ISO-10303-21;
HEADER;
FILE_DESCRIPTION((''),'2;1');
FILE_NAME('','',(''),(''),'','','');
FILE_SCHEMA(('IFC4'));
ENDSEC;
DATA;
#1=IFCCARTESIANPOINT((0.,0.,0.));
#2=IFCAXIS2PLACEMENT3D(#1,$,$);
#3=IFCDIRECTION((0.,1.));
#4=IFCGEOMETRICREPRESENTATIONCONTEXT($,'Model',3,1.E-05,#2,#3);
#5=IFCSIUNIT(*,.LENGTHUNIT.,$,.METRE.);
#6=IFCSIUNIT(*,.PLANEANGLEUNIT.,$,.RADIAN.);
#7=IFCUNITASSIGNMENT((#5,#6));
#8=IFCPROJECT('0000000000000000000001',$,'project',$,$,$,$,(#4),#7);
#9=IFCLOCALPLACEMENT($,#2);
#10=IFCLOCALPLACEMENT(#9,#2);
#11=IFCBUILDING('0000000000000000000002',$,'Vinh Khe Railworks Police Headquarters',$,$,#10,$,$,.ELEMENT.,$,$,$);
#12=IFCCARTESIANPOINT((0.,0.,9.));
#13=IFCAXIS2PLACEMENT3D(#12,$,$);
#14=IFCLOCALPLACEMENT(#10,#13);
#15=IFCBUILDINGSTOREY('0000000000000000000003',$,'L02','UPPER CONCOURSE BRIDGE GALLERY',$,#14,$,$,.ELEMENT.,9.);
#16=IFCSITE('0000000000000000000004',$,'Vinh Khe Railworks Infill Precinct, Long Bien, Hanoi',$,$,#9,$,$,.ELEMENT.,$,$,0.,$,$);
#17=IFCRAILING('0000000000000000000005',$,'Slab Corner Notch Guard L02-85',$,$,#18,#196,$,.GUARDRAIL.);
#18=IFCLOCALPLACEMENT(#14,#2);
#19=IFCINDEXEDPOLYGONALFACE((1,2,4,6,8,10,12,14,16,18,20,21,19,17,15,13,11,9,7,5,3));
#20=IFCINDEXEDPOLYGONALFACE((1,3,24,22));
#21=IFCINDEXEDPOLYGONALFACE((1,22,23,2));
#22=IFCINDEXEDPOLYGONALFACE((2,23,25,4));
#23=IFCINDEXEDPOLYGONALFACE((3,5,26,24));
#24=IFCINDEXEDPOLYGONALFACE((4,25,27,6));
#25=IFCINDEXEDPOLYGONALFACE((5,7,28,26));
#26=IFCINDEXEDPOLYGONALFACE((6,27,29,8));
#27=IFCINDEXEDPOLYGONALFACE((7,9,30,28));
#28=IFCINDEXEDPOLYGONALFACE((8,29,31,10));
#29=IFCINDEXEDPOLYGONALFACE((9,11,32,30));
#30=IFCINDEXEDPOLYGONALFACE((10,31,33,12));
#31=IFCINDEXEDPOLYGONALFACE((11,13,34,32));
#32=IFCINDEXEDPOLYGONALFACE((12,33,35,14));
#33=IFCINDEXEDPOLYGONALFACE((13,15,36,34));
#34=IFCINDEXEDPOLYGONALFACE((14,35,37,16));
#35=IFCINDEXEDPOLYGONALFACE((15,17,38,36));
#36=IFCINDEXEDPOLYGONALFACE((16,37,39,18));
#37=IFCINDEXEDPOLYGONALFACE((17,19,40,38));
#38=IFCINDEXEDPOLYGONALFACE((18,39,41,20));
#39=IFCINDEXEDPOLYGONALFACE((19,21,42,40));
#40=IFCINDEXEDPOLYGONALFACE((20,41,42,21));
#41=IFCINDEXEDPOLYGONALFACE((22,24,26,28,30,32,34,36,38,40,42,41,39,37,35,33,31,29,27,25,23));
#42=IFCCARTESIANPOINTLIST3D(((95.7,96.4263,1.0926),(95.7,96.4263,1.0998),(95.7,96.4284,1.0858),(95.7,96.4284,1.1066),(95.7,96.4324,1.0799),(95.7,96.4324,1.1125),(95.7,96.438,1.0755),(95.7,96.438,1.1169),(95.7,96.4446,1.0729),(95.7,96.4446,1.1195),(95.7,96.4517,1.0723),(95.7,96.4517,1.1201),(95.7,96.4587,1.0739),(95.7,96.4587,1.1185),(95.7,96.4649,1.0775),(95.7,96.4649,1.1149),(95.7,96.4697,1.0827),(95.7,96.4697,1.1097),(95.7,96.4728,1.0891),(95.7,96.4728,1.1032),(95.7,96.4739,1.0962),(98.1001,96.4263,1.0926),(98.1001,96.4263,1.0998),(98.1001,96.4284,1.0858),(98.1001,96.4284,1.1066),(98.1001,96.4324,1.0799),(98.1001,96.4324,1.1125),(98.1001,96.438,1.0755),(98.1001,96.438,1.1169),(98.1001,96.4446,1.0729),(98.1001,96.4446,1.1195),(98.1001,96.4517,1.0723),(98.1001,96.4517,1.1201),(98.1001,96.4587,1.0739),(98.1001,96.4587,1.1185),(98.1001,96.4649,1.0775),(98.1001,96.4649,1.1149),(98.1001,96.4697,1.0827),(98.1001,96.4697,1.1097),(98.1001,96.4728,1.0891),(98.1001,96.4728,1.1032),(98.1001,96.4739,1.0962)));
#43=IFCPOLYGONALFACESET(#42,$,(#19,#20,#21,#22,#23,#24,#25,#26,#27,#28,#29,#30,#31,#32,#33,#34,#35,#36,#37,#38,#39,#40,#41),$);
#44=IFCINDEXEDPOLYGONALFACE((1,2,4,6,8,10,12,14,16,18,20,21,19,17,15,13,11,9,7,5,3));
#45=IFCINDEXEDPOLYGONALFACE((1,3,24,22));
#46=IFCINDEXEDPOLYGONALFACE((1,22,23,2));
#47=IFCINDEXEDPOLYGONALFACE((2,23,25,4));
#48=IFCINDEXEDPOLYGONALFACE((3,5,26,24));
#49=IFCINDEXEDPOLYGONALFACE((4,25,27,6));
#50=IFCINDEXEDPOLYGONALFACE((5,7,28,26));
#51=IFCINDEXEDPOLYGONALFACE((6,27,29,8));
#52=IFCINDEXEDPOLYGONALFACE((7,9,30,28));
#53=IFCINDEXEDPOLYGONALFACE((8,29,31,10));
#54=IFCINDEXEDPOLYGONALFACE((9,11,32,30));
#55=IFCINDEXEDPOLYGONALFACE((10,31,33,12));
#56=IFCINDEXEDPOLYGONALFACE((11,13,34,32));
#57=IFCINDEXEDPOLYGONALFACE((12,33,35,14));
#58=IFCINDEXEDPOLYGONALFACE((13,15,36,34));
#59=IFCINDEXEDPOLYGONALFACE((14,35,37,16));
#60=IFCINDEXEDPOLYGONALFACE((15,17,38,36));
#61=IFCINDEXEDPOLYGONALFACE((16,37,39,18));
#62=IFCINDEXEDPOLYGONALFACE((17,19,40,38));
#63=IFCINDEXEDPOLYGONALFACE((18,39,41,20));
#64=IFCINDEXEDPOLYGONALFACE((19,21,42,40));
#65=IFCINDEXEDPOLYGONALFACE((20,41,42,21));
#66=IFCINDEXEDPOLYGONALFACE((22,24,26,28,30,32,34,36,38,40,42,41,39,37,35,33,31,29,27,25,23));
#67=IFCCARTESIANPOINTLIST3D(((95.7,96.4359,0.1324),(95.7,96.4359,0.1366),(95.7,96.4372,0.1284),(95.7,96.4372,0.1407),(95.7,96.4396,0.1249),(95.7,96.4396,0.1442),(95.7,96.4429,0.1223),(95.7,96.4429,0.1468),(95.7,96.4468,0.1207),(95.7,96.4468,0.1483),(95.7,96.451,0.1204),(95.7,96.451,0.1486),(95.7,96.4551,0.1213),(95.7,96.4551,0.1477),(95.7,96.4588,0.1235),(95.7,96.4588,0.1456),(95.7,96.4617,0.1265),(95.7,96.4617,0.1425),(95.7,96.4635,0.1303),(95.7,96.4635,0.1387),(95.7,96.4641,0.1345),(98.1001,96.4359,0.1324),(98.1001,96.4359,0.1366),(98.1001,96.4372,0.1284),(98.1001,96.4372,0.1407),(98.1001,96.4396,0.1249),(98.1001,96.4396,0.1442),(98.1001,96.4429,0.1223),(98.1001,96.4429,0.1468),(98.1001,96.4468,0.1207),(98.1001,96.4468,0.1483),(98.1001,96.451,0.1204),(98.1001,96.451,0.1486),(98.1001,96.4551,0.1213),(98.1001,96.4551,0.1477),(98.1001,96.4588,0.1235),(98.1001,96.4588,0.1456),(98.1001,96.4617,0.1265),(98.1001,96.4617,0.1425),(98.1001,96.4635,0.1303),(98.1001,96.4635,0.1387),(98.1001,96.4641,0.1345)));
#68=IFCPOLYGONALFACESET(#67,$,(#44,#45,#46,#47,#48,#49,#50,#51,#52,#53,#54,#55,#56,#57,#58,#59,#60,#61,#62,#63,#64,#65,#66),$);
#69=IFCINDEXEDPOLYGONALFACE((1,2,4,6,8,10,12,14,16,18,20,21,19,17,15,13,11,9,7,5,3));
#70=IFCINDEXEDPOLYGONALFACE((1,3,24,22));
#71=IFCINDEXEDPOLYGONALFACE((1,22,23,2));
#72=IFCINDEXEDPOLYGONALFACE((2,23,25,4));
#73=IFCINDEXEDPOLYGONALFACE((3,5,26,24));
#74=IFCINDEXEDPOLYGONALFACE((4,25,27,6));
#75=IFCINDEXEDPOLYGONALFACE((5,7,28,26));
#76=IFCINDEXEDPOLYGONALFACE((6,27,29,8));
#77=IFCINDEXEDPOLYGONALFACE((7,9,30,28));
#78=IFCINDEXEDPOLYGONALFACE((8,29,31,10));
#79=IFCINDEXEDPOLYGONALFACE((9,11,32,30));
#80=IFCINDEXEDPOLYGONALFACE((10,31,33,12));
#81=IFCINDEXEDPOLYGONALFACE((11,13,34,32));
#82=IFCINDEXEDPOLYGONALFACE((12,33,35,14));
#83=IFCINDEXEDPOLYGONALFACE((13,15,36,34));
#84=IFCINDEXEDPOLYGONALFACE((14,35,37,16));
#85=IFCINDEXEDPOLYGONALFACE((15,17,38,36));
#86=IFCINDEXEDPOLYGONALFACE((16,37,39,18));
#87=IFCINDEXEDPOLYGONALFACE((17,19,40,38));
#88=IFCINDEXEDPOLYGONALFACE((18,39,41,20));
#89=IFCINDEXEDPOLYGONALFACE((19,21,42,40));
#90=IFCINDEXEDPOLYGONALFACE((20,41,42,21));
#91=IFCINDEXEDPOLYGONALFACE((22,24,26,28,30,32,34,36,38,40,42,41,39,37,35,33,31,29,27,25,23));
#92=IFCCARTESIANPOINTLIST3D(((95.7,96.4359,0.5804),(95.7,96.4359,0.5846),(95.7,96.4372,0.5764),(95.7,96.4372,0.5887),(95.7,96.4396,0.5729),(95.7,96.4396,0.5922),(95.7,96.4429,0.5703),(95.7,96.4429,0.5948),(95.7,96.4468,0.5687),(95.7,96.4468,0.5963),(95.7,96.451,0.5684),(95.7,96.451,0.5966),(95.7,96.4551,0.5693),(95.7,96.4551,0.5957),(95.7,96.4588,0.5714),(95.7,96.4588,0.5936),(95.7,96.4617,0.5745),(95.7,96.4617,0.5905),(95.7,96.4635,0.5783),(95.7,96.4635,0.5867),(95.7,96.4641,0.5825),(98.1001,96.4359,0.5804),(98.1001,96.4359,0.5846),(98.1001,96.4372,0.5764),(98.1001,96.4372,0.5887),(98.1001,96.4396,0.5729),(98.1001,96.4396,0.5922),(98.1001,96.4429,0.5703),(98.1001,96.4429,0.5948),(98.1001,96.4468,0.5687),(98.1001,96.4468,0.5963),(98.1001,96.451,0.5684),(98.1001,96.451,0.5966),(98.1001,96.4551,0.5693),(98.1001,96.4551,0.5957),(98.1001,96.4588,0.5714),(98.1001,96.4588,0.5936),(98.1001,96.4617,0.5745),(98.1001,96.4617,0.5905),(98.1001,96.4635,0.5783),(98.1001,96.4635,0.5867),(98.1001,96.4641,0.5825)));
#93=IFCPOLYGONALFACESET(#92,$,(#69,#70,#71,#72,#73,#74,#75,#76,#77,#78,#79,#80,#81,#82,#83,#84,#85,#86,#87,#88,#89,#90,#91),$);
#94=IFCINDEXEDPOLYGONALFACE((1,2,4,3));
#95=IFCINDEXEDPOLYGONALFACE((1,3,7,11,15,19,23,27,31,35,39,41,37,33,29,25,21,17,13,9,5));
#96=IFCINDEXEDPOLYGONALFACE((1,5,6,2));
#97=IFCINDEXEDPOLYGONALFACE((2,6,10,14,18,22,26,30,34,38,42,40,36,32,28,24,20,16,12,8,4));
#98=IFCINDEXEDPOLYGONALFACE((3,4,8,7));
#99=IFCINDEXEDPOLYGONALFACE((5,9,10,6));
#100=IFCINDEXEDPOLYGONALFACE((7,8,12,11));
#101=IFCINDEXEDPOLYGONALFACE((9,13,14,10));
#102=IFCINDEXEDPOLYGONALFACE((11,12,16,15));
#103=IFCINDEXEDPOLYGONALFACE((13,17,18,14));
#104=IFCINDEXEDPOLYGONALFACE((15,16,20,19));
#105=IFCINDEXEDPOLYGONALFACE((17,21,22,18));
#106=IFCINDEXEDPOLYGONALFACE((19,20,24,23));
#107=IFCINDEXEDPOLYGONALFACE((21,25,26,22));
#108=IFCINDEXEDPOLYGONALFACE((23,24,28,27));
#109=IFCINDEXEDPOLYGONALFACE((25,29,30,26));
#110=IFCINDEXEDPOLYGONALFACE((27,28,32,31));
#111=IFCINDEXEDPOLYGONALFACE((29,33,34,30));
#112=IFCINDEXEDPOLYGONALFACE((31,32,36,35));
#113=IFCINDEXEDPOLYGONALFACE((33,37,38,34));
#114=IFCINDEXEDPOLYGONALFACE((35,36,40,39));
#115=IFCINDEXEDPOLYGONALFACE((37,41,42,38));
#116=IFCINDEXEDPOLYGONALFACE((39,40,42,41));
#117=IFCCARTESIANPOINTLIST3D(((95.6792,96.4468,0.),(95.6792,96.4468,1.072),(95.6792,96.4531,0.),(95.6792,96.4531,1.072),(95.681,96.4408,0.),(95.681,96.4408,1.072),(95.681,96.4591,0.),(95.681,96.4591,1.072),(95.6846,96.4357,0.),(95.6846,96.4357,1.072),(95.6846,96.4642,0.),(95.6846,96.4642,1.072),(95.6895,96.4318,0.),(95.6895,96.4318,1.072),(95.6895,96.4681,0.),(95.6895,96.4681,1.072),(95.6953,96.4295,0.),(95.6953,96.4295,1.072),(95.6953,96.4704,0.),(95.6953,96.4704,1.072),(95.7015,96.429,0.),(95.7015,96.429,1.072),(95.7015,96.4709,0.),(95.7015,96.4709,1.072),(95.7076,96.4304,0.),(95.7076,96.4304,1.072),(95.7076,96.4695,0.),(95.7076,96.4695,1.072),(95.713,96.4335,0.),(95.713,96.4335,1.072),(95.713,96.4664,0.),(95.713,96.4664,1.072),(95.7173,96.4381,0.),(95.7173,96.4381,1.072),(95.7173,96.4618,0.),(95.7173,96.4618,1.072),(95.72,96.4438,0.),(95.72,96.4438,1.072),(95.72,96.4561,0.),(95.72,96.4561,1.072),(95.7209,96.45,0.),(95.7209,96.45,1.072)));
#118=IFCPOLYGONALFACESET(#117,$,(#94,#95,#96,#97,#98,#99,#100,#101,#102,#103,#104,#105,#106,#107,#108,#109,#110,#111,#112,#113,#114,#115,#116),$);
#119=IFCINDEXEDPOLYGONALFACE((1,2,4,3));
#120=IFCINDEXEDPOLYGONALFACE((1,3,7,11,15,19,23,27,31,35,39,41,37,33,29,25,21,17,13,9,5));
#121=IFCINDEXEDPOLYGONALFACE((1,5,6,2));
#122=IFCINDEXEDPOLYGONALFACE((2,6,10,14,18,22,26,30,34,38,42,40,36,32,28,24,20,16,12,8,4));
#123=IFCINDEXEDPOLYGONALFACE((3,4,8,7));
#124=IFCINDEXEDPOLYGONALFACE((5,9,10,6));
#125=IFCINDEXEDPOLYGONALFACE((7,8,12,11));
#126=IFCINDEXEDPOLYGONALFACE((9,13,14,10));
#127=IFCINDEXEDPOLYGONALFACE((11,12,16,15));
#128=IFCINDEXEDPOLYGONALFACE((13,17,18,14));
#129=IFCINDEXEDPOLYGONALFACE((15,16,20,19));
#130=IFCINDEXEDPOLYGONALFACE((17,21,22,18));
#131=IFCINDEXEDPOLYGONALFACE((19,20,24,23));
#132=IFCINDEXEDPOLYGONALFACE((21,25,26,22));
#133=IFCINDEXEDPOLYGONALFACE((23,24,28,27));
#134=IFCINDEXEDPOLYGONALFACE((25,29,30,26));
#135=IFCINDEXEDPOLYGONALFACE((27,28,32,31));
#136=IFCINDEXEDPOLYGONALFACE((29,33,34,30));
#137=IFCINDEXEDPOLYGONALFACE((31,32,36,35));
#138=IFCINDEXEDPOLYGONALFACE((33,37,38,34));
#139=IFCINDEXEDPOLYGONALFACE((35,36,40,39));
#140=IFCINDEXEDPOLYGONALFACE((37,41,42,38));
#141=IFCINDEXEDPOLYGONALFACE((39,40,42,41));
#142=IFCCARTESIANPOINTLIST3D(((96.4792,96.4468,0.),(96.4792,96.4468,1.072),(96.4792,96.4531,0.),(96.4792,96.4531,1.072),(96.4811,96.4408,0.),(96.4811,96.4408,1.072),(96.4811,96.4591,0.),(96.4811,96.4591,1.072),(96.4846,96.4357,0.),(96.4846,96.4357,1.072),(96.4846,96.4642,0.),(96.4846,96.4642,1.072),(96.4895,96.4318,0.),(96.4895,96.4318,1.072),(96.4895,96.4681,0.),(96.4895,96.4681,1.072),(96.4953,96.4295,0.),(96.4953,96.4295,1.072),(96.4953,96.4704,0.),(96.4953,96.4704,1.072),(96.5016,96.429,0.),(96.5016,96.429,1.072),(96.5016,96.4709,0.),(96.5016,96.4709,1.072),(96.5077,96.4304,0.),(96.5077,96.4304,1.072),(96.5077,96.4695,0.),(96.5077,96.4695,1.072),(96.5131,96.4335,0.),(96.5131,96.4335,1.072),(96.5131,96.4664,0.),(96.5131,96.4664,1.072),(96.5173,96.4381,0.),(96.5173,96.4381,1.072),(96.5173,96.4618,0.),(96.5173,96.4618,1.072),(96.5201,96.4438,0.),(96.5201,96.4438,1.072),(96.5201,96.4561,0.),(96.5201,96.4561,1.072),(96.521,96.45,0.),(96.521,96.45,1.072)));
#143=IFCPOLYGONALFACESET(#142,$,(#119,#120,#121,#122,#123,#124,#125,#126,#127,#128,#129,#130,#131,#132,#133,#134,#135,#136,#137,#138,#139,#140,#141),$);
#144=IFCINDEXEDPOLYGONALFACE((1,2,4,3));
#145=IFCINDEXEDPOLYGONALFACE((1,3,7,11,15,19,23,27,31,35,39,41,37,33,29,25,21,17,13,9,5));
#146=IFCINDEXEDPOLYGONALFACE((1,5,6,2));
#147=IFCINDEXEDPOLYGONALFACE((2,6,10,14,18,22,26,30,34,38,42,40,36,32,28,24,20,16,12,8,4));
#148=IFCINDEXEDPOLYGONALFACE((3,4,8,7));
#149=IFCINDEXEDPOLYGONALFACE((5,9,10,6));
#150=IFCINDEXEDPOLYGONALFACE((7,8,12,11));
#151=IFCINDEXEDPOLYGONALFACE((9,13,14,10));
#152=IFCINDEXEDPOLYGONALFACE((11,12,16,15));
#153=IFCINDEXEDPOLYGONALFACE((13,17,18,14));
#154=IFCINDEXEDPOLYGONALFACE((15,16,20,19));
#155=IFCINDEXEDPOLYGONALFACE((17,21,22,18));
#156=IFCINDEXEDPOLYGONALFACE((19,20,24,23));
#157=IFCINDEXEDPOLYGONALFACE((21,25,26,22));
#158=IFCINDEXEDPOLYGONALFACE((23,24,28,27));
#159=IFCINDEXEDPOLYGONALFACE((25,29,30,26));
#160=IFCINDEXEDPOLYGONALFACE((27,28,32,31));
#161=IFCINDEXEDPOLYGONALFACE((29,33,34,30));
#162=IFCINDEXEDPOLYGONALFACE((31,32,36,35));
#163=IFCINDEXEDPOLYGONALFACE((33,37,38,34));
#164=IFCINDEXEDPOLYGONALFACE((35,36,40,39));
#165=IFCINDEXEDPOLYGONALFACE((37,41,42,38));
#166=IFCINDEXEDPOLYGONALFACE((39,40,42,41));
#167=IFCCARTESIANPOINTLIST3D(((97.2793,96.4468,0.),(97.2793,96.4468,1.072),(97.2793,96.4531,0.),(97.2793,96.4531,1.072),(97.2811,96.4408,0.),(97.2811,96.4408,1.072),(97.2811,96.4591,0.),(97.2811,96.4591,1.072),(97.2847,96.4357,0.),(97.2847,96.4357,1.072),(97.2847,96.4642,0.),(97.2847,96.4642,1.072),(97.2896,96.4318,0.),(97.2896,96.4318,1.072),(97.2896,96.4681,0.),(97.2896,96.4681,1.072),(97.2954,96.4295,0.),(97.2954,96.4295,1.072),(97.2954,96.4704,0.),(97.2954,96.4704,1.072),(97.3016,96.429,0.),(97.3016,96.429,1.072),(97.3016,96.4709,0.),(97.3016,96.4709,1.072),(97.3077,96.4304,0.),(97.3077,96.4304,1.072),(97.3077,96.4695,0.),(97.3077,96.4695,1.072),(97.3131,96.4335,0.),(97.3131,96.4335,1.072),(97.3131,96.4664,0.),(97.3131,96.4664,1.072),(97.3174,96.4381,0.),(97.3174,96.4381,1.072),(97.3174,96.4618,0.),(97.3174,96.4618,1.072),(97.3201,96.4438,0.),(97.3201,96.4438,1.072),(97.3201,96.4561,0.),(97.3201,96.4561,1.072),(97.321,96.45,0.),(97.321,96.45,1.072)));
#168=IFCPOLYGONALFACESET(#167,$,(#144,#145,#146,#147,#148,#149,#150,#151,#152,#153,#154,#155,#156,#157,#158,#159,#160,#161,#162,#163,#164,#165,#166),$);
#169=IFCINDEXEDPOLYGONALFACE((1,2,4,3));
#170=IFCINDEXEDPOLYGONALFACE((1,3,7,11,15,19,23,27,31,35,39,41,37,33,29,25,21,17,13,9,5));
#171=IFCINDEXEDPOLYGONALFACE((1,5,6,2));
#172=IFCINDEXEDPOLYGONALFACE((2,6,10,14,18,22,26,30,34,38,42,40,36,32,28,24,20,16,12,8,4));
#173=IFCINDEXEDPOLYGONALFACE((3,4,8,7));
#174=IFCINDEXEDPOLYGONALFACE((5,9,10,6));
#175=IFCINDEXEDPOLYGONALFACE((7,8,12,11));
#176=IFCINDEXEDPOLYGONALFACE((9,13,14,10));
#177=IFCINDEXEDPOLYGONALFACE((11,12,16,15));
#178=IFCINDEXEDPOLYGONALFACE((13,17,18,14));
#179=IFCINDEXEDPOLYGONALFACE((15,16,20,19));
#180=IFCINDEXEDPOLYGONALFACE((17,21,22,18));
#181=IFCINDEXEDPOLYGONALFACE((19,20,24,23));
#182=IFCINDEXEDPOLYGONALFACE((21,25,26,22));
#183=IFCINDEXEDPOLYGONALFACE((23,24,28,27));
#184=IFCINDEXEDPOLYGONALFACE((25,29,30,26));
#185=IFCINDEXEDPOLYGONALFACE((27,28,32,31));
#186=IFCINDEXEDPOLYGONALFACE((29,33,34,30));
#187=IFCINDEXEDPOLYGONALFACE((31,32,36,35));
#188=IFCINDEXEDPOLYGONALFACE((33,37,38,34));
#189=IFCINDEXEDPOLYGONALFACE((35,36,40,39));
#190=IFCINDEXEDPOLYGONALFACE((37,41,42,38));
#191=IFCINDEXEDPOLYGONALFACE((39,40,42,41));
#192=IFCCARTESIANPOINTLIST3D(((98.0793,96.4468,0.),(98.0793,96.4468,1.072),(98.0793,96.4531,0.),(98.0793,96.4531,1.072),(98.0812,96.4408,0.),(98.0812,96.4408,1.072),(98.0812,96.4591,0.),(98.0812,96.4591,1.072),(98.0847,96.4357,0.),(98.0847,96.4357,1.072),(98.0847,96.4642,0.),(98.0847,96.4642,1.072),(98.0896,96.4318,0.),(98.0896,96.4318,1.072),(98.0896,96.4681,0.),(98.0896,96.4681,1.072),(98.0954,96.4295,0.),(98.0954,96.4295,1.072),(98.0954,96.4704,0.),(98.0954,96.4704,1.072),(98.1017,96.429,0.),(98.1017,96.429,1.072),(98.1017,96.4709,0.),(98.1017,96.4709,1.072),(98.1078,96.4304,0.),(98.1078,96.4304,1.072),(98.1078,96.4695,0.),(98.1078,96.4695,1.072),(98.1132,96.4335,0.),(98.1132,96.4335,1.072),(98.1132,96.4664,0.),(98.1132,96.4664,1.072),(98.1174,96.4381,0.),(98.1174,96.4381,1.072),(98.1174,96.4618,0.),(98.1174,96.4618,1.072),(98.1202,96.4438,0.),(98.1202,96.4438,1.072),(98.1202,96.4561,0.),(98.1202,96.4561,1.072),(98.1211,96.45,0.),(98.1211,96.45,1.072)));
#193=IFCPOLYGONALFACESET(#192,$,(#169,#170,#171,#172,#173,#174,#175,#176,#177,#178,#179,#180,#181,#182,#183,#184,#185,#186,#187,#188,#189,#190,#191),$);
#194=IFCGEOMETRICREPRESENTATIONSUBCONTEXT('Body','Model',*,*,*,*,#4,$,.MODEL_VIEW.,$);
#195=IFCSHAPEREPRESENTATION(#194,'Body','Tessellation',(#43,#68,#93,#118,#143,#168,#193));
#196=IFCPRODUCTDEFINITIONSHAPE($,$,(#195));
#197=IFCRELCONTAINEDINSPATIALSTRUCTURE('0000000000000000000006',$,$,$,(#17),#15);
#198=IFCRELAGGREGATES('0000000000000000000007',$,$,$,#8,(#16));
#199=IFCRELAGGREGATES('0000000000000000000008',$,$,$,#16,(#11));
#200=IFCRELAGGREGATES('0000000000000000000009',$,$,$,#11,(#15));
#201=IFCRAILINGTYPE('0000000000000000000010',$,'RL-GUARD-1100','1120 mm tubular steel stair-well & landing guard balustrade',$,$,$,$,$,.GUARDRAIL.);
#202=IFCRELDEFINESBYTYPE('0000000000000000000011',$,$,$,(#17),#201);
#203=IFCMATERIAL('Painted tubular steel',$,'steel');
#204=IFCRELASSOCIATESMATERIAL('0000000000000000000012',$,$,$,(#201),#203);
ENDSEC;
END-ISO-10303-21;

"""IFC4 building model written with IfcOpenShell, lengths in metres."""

from ifc_helpers import new_model, si_unit, direction, frame, origin, origin_2d, place, context, subcontext, project, spatial, circle, extrude, material, type_object, element, save


model = new_model("IFC4")

# Units and contexts
model_context = context("Model", 3, precision=1e-05, world=origin(), true_north=direction((0.0, 1.0)))
body_context = subcontext(model_context, "Body", "Model", "MODEL_VIEW")
ifc_project = project(units=[si_unit("LENGTHUNIT", "METRE"), si_unit("PLANEANGLEUNIT", "RADIAN")], contexts=[model_context])

# Site, building, storey
site_placement = place(None, origin())
site = spatial("IfcSite", under=ifc_project, at=site_placement, Name="Vinh Khe Railworks Infill Precinct, Long Bien, Hanoi", CompositionType="ELEMENT", RefElevation=0.0)
building_placement = place(site_placement, origin())
building = spatial("IfcBuilding", under=site, at=building_placement, Name="Vinh Khe Railworks Police Headquarters", CompositionType="ELEMENT")
storey_placement = place(building_placement, frame((0.0, 0.0, 9.0)))
storey = spatial("IfcBuildingStorey", under=building, at=storey_placement, Name="L02", Description="UPPER CONCOURSE BRIDGE GALLERY", CompositionType="ELEMENT", Elevation=9.0)

# Railing
ifc_material_1 = material(Name="Painted tubular steel", Category="steel")
railing_type = type_object("IfcRailingType", Name="RL-GUARD-1100", Description="1120 mm tubular steel stair-well & landing guard balustrade", PredefinedType="GUARDRAIL", material=ifc_material_1)
railing_1_placement = place(storey_placement, frame((95.7, 96.45, 0.0)))
element("IfcRailing", 1, at=railing_1_placement, inside=storey, type_object=railing_type, Name="Slab Corner Notch Guard L02-85", PredefinedType="GUARDRAIL", context=body_context, shape_type="SweptSolid", body=[
    extrude(circle(Radius=0.0239, at=origin_2d()), frame((0.0, 0.0, 1.0962), z_axis=(1.0, 0.0, 0.0), x_axis=(0.0, 1.0, 0.0)), (0.0, 0.0, 1.0), 2.4001),
    extrude(circle(Radius=0.0142, at=origin_2d()), frame((0.0, 0.0, 0.1345), z_axis=(1.0, 0.0, 0.0), x_axis=(0.0, 1.0, 0.0)), (0.0, 0.0, 1.0), 2.4001),
    extrude(circle(Radius=0.0142, at=origin_2d()), frame((0.0, 0.0, 0.5825), z_axis=(1.0, 0.0, 0.0), x_axis=(0.0, 1.0, 0.0)), (0.0, 0.0, 1.0), 2.4001),
    extrude(circle(Radius=0.021, at=origin_2d()), origin(), (0.0, 0.0, 1.0), 1.072),
    extrude(circle(Radius=0.021, at=origin_2d()), frame((0.8, 0.0, 0.0)), (0.0, 0.0, 1.0), 1.072),
    extrude(circle(Radius=0.021, at=origin_2d()), frame((1.6001, 0.0, 0.0)), (0.0, 0.0, 1.0), 1.072),
    extrude(circle(Radius=0.021, at=origin_2d()), frame((2.4001, 0.0, 0.0)), (0.0, 0.0, 1.0), 1.072),
])

save(model, "model.ifc")
